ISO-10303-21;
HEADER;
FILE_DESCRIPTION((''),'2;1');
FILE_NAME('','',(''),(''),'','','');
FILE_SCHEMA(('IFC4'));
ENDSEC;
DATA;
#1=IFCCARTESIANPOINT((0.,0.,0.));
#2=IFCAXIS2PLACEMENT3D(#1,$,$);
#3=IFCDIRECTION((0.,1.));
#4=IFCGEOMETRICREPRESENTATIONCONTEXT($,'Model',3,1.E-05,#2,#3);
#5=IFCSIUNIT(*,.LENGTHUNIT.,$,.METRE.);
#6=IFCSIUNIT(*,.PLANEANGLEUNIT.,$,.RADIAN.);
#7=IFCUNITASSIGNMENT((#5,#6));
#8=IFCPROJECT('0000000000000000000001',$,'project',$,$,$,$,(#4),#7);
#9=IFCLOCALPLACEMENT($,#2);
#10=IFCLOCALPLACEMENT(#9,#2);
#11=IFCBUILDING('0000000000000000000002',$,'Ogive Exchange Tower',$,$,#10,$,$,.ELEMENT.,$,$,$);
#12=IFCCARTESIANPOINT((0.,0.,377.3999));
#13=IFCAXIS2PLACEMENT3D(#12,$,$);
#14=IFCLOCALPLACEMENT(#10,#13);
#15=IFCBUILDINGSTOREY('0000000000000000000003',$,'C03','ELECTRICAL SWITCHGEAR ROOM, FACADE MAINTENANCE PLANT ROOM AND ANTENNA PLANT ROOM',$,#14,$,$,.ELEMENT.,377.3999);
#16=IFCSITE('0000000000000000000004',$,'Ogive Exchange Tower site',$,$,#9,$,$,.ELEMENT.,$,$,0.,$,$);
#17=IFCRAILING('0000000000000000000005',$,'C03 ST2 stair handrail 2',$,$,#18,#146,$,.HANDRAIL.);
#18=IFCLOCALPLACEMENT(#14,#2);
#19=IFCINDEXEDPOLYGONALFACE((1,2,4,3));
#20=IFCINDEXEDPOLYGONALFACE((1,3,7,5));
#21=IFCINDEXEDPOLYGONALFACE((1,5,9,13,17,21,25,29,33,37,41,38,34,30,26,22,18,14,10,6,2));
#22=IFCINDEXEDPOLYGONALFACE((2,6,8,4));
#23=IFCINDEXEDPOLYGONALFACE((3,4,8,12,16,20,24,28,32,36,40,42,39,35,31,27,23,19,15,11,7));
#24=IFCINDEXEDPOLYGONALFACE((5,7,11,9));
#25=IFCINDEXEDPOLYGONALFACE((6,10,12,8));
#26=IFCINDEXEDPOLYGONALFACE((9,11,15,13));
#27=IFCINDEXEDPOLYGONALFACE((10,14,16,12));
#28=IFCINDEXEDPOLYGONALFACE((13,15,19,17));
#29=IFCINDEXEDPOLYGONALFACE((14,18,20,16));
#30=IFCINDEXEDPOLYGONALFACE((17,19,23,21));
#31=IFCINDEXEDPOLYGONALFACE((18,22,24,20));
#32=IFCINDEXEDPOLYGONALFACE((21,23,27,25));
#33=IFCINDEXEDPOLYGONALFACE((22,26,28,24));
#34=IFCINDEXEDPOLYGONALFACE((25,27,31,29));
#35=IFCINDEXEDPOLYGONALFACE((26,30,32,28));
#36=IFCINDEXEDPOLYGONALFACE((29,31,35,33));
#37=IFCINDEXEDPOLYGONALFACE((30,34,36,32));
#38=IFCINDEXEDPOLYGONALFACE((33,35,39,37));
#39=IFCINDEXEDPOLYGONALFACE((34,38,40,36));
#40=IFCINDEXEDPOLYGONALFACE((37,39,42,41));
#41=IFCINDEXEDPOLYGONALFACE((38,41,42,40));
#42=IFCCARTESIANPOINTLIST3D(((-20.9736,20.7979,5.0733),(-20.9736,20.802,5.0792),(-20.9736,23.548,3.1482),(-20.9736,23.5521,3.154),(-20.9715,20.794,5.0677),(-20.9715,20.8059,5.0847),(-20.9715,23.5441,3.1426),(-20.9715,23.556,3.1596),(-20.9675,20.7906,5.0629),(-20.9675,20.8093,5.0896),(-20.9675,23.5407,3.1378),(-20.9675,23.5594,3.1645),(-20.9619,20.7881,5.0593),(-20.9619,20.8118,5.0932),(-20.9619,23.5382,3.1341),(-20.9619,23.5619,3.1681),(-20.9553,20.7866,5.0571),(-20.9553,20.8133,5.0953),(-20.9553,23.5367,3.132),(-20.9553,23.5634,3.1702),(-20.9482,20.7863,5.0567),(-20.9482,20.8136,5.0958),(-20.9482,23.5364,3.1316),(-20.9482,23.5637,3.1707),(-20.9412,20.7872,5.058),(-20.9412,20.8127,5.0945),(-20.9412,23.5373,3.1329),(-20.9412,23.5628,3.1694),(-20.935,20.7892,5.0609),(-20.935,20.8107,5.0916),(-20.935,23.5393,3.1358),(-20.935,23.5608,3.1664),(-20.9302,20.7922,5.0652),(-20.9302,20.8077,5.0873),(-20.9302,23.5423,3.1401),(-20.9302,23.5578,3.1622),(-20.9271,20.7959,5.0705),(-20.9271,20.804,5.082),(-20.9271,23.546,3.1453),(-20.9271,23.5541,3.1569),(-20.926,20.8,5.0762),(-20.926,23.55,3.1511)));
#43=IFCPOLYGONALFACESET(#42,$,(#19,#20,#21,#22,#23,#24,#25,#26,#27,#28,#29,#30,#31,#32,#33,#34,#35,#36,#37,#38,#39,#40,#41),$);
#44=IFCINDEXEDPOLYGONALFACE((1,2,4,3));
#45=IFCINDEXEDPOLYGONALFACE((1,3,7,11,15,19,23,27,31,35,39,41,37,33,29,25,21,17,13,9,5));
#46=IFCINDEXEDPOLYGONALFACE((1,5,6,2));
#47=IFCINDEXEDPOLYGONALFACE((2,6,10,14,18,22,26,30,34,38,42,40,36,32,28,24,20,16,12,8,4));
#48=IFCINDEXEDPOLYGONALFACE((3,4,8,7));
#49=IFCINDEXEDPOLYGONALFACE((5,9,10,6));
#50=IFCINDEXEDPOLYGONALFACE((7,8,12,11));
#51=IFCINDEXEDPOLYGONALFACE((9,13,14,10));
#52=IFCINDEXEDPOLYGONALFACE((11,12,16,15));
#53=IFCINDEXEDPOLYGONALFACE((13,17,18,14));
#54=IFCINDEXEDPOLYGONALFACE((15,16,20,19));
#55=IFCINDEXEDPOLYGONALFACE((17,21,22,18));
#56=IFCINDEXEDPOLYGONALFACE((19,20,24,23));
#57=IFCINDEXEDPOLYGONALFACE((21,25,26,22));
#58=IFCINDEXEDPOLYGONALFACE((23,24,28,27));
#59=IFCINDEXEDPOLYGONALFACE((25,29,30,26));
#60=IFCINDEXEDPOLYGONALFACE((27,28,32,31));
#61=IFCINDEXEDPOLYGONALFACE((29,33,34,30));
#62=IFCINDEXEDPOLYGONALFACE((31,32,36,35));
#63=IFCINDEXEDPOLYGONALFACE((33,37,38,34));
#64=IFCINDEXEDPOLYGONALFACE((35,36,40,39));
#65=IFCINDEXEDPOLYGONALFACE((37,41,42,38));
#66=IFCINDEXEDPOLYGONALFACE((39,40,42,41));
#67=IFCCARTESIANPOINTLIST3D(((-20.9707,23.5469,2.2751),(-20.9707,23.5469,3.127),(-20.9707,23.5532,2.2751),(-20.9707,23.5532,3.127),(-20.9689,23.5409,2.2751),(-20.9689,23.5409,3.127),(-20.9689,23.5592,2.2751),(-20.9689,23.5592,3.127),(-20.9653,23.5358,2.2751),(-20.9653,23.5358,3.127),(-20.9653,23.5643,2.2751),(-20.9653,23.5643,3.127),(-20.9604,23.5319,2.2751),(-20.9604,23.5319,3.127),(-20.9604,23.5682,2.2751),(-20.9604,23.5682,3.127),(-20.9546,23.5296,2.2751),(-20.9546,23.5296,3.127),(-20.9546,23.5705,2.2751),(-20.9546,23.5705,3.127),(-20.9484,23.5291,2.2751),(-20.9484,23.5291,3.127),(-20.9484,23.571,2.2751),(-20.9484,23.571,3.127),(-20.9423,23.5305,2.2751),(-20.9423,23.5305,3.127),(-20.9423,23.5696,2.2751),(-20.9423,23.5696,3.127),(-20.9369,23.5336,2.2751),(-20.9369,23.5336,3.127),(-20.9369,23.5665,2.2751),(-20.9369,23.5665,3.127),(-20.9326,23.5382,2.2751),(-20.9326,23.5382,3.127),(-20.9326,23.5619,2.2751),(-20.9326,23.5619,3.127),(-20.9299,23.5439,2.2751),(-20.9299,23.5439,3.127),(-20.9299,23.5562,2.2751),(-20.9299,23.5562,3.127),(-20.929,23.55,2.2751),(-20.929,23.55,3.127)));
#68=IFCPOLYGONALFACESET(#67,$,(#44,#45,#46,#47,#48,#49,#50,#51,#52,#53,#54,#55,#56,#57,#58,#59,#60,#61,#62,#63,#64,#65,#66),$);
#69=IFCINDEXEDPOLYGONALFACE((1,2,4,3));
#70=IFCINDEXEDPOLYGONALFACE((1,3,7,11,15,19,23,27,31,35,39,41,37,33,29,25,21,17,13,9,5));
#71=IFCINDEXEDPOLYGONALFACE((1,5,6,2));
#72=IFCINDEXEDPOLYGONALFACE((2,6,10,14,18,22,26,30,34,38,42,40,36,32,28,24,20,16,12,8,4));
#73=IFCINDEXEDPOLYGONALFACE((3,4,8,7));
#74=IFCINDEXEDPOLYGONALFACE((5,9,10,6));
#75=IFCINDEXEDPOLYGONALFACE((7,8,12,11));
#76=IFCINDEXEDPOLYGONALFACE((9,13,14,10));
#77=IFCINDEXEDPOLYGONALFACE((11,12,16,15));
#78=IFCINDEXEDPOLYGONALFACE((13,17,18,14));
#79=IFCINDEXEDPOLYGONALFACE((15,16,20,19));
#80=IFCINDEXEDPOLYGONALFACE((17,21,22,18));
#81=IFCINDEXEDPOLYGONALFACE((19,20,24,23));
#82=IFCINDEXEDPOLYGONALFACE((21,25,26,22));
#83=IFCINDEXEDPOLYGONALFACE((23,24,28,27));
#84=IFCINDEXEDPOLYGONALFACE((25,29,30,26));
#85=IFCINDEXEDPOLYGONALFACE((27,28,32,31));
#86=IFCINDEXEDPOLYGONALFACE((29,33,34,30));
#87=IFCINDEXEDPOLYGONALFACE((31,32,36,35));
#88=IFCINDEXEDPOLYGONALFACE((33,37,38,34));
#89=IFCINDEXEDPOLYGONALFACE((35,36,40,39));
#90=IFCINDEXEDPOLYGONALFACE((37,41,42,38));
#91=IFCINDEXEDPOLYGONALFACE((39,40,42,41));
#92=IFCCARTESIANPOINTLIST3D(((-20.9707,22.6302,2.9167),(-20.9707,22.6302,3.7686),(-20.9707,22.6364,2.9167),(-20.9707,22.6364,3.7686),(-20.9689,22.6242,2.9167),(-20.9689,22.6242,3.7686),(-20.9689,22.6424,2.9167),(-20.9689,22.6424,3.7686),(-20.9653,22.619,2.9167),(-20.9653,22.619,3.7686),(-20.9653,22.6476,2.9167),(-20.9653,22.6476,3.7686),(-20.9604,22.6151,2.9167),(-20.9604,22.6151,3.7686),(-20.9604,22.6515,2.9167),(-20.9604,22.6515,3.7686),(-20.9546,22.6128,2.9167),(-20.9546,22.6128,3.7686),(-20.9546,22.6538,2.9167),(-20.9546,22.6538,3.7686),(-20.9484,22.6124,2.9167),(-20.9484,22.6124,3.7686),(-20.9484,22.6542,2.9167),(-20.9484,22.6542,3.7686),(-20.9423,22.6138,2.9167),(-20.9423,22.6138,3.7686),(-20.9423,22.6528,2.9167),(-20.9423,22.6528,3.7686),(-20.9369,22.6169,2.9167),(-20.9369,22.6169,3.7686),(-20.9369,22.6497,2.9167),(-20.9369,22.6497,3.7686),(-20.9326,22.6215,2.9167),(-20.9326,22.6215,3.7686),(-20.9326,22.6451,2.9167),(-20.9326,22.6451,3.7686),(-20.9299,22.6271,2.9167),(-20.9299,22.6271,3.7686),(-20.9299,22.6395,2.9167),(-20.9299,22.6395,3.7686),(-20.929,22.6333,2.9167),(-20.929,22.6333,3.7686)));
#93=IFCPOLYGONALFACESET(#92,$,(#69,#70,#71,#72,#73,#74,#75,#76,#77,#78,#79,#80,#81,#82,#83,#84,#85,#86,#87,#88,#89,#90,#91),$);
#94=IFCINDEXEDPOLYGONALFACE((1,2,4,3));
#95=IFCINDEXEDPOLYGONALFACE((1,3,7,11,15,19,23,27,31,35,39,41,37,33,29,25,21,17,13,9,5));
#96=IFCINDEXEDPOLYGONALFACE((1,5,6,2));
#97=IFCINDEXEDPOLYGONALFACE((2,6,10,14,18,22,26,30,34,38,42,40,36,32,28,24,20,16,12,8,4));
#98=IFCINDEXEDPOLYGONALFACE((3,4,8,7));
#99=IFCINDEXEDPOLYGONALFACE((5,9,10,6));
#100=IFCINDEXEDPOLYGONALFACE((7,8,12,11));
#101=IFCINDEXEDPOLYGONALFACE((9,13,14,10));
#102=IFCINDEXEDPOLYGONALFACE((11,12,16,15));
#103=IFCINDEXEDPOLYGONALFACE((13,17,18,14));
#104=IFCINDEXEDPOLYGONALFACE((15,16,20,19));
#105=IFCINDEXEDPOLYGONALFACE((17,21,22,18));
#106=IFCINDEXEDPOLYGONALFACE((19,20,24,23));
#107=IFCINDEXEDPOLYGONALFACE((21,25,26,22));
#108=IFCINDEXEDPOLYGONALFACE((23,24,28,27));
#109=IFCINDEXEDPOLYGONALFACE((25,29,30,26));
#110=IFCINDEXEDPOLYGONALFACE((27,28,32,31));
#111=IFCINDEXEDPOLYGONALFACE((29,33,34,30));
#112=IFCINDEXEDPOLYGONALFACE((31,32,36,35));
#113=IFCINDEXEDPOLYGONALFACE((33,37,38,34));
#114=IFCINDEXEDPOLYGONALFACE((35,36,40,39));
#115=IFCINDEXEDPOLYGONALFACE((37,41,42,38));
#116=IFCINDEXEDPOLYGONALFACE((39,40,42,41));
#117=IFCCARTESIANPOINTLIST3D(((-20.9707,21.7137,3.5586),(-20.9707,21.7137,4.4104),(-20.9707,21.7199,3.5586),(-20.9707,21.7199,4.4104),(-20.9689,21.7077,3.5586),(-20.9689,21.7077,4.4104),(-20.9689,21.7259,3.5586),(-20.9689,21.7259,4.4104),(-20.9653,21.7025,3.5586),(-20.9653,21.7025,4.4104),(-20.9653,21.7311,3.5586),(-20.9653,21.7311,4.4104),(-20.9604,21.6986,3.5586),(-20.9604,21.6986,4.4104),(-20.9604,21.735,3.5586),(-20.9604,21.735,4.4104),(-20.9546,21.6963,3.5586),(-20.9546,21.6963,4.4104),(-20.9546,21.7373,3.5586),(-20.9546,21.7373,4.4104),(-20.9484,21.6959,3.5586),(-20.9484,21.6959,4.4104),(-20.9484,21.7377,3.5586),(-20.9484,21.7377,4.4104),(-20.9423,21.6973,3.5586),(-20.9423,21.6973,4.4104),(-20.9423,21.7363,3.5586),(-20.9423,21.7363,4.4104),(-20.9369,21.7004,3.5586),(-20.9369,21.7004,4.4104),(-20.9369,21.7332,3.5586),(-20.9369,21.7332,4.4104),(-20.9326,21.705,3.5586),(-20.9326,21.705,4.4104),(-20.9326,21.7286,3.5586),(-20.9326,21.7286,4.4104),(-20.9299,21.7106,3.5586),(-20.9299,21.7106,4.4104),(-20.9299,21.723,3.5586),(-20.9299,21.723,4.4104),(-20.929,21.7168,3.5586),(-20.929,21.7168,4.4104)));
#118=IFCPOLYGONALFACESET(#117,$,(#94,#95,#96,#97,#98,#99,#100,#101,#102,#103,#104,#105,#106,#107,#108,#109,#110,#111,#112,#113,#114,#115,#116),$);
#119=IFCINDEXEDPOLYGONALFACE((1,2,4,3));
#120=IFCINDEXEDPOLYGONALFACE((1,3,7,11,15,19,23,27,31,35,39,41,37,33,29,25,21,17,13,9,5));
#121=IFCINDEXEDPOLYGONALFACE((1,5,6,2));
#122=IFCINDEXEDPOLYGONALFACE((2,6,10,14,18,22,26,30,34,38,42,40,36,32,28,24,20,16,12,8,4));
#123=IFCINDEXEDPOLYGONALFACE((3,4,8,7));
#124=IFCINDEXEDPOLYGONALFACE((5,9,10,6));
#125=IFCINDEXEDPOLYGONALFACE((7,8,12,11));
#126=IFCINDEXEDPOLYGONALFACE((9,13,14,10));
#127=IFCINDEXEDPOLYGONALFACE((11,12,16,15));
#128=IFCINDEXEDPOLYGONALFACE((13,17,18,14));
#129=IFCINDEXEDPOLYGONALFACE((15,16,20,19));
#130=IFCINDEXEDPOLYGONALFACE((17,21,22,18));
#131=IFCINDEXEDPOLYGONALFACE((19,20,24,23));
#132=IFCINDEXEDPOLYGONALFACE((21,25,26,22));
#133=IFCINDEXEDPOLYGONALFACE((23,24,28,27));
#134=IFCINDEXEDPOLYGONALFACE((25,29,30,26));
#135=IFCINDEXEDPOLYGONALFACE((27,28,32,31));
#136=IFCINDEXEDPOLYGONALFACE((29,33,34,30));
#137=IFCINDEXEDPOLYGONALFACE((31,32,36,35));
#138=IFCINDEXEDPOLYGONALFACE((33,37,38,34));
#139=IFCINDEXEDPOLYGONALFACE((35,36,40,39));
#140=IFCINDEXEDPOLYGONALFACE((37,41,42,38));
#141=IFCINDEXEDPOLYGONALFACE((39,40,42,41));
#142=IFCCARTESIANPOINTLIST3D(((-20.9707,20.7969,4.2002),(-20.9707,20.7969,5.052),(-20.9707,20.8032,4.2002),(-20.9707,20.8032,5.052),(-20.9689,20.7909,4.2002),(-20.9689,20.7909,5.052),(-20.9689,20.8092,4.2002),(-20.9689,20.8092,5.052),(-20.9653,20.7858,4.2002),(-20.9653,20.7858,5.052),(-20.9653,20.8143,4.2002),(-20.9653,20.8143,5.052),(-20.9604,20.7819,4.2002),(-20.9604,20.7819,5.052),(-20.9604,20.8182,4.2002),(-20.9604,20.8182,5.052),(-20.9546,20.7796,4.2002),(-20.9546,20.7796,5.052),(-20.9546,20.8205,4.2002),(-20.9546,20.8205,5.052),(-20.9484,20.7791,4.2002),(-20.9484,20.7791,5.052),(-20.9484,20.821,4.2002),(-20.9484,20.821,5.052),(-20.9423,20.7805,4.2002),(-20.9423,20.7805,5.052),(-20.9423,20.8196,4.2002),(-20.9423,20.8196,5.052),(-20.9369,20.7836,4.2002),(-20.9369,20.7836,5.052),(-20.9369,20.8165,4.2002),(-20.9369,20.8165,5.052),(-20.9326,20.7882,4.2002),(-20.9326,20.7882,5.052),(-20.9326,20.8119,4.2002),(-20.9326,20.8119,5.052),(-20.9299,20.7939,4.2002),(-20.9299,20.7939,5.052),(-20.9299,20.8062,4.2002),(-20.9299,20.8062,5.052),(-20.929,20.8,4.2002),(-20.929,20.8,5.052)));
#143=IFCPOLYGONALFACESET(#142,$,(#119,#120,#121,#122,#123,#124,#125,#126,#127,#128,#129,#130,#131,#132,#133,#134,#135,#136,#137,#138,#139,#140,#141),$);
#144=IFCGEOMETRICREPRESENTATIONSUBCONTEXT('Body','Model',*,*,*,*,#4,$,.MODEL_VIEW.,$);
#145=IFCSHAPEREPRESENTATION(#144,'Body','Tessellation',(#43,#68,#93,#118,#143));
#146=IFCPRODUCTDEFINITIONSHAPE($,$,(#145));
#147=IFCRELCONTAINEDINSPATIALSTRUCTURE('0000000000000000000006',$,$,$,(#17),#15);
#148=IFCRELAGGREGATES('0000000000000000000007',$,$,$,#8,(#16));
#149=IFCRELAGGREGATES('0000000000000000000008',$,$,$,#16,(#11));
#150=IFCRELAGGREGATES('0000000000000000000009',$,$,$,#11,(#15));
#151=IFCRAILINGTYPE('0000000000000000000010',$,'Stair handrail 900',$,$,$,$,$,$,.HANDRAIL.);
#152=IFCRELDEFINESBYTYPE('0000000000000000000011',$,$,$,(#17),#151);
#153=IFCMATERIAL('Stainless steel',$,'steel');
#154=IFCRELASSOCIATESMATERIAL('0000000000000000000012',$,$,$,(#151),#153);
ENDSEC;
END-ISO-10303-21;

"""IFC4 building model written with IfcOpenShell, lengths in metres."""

from ifc_helpers import new_model, si_unit, direction, frame, origin, origin_2d, place, context, subcontext, project, spatial, circle, extrude, material, type_object, element, save


model = new_model("IFC4")

# Units and contexts
model_context = context("Model", 3, precision=1e-05, world=origin(), true_north=direction((0.0, 1.0)))
body_context = subcontext(model_context, "Body", "Model", "MODEL_VIEW")
ifc_project = project(units=[si_unit("LENGTHUNIT", "METRE"), si_unit("PLANEANGLEUNIT", "RADIAN")], contexts=[model_context])

# Site, building, storey
site_placement = place(None, origin())
site = spatial("IfcSite", under=ifc_project, at=site_placement, Name="Ogive Exchange Tower site", CompositionType="ELEMENT", RefElevation=0.0)
building_placement = place(site_placement, origin())
building = spatial("IfcBuilding", under=site, at=building_placement, Name="Ogive Exchange Tower", CompositionType="ELEMENT")
storey_placement = place(building_placement, frame((0.0, 0.0, 377.3999)))
storey = spatial("IfcBuildingStorey", under=building, at=storey_placement, Name="C03", Description="ELECTRICAL SWITCHGEAR ROOM, FACADE MAINTENANCE PLANT ROOM AND ANTENNA PLANT ROOM", CompositionType="ELEMENT", Elevation=377.3999)

# Railing
ifc_material_1 = material(Name="Stainless steel", Category="steel")
railing_type = type_object("IfcRailingType", Name="Stair handrail 900", PredefinedType="HANDRAIL", material=ifc_material_1)
railing_placement = place(storey_placement, frame((-20.95, 23.55, 2.2751)))
element("IfcRailing", 1, at=railing_placement, inside=storey, type_object=railing_type, Name="C03 ST2 stair handrail 2", PredefinedType="HANDRAIL", context=body_context, shape_type="SweptSolid", body=[
    extrude(circle(Radius=0.0239, at=origin_2d()), frame((0.0, 0.0, 0.876), z_axis=(0.0, -0.819225, 0.573472), x_axis=(1.0, 0.0, 0.0)), (0.0, 0.0, 1.0), 3.3569),
    extrude(circle(Radius=0.021, at=origin_2d()), origin(), (0.0, 0.0, 1.0), 0.8518),
    extrude(circle(Radius=0.021, at=origin_2d()), frame((0.0, -0.9167, 0.6416)), (0.0, 0.0, 1.0), 0.8518),
    extrude(circle(Radius=0.021, at=origin_2d()), frame((0.0, -1.8333, 1.2834)), (0.0, 0.0, 1.0), 0.8518),
    extrude(circle(Radius=0.021, at=origin_2d()), frame((0.0, -2.75, 1.925)), (0.0, 0.0, 1.0), 0.8518),
])

save(model, "model.ifc")
